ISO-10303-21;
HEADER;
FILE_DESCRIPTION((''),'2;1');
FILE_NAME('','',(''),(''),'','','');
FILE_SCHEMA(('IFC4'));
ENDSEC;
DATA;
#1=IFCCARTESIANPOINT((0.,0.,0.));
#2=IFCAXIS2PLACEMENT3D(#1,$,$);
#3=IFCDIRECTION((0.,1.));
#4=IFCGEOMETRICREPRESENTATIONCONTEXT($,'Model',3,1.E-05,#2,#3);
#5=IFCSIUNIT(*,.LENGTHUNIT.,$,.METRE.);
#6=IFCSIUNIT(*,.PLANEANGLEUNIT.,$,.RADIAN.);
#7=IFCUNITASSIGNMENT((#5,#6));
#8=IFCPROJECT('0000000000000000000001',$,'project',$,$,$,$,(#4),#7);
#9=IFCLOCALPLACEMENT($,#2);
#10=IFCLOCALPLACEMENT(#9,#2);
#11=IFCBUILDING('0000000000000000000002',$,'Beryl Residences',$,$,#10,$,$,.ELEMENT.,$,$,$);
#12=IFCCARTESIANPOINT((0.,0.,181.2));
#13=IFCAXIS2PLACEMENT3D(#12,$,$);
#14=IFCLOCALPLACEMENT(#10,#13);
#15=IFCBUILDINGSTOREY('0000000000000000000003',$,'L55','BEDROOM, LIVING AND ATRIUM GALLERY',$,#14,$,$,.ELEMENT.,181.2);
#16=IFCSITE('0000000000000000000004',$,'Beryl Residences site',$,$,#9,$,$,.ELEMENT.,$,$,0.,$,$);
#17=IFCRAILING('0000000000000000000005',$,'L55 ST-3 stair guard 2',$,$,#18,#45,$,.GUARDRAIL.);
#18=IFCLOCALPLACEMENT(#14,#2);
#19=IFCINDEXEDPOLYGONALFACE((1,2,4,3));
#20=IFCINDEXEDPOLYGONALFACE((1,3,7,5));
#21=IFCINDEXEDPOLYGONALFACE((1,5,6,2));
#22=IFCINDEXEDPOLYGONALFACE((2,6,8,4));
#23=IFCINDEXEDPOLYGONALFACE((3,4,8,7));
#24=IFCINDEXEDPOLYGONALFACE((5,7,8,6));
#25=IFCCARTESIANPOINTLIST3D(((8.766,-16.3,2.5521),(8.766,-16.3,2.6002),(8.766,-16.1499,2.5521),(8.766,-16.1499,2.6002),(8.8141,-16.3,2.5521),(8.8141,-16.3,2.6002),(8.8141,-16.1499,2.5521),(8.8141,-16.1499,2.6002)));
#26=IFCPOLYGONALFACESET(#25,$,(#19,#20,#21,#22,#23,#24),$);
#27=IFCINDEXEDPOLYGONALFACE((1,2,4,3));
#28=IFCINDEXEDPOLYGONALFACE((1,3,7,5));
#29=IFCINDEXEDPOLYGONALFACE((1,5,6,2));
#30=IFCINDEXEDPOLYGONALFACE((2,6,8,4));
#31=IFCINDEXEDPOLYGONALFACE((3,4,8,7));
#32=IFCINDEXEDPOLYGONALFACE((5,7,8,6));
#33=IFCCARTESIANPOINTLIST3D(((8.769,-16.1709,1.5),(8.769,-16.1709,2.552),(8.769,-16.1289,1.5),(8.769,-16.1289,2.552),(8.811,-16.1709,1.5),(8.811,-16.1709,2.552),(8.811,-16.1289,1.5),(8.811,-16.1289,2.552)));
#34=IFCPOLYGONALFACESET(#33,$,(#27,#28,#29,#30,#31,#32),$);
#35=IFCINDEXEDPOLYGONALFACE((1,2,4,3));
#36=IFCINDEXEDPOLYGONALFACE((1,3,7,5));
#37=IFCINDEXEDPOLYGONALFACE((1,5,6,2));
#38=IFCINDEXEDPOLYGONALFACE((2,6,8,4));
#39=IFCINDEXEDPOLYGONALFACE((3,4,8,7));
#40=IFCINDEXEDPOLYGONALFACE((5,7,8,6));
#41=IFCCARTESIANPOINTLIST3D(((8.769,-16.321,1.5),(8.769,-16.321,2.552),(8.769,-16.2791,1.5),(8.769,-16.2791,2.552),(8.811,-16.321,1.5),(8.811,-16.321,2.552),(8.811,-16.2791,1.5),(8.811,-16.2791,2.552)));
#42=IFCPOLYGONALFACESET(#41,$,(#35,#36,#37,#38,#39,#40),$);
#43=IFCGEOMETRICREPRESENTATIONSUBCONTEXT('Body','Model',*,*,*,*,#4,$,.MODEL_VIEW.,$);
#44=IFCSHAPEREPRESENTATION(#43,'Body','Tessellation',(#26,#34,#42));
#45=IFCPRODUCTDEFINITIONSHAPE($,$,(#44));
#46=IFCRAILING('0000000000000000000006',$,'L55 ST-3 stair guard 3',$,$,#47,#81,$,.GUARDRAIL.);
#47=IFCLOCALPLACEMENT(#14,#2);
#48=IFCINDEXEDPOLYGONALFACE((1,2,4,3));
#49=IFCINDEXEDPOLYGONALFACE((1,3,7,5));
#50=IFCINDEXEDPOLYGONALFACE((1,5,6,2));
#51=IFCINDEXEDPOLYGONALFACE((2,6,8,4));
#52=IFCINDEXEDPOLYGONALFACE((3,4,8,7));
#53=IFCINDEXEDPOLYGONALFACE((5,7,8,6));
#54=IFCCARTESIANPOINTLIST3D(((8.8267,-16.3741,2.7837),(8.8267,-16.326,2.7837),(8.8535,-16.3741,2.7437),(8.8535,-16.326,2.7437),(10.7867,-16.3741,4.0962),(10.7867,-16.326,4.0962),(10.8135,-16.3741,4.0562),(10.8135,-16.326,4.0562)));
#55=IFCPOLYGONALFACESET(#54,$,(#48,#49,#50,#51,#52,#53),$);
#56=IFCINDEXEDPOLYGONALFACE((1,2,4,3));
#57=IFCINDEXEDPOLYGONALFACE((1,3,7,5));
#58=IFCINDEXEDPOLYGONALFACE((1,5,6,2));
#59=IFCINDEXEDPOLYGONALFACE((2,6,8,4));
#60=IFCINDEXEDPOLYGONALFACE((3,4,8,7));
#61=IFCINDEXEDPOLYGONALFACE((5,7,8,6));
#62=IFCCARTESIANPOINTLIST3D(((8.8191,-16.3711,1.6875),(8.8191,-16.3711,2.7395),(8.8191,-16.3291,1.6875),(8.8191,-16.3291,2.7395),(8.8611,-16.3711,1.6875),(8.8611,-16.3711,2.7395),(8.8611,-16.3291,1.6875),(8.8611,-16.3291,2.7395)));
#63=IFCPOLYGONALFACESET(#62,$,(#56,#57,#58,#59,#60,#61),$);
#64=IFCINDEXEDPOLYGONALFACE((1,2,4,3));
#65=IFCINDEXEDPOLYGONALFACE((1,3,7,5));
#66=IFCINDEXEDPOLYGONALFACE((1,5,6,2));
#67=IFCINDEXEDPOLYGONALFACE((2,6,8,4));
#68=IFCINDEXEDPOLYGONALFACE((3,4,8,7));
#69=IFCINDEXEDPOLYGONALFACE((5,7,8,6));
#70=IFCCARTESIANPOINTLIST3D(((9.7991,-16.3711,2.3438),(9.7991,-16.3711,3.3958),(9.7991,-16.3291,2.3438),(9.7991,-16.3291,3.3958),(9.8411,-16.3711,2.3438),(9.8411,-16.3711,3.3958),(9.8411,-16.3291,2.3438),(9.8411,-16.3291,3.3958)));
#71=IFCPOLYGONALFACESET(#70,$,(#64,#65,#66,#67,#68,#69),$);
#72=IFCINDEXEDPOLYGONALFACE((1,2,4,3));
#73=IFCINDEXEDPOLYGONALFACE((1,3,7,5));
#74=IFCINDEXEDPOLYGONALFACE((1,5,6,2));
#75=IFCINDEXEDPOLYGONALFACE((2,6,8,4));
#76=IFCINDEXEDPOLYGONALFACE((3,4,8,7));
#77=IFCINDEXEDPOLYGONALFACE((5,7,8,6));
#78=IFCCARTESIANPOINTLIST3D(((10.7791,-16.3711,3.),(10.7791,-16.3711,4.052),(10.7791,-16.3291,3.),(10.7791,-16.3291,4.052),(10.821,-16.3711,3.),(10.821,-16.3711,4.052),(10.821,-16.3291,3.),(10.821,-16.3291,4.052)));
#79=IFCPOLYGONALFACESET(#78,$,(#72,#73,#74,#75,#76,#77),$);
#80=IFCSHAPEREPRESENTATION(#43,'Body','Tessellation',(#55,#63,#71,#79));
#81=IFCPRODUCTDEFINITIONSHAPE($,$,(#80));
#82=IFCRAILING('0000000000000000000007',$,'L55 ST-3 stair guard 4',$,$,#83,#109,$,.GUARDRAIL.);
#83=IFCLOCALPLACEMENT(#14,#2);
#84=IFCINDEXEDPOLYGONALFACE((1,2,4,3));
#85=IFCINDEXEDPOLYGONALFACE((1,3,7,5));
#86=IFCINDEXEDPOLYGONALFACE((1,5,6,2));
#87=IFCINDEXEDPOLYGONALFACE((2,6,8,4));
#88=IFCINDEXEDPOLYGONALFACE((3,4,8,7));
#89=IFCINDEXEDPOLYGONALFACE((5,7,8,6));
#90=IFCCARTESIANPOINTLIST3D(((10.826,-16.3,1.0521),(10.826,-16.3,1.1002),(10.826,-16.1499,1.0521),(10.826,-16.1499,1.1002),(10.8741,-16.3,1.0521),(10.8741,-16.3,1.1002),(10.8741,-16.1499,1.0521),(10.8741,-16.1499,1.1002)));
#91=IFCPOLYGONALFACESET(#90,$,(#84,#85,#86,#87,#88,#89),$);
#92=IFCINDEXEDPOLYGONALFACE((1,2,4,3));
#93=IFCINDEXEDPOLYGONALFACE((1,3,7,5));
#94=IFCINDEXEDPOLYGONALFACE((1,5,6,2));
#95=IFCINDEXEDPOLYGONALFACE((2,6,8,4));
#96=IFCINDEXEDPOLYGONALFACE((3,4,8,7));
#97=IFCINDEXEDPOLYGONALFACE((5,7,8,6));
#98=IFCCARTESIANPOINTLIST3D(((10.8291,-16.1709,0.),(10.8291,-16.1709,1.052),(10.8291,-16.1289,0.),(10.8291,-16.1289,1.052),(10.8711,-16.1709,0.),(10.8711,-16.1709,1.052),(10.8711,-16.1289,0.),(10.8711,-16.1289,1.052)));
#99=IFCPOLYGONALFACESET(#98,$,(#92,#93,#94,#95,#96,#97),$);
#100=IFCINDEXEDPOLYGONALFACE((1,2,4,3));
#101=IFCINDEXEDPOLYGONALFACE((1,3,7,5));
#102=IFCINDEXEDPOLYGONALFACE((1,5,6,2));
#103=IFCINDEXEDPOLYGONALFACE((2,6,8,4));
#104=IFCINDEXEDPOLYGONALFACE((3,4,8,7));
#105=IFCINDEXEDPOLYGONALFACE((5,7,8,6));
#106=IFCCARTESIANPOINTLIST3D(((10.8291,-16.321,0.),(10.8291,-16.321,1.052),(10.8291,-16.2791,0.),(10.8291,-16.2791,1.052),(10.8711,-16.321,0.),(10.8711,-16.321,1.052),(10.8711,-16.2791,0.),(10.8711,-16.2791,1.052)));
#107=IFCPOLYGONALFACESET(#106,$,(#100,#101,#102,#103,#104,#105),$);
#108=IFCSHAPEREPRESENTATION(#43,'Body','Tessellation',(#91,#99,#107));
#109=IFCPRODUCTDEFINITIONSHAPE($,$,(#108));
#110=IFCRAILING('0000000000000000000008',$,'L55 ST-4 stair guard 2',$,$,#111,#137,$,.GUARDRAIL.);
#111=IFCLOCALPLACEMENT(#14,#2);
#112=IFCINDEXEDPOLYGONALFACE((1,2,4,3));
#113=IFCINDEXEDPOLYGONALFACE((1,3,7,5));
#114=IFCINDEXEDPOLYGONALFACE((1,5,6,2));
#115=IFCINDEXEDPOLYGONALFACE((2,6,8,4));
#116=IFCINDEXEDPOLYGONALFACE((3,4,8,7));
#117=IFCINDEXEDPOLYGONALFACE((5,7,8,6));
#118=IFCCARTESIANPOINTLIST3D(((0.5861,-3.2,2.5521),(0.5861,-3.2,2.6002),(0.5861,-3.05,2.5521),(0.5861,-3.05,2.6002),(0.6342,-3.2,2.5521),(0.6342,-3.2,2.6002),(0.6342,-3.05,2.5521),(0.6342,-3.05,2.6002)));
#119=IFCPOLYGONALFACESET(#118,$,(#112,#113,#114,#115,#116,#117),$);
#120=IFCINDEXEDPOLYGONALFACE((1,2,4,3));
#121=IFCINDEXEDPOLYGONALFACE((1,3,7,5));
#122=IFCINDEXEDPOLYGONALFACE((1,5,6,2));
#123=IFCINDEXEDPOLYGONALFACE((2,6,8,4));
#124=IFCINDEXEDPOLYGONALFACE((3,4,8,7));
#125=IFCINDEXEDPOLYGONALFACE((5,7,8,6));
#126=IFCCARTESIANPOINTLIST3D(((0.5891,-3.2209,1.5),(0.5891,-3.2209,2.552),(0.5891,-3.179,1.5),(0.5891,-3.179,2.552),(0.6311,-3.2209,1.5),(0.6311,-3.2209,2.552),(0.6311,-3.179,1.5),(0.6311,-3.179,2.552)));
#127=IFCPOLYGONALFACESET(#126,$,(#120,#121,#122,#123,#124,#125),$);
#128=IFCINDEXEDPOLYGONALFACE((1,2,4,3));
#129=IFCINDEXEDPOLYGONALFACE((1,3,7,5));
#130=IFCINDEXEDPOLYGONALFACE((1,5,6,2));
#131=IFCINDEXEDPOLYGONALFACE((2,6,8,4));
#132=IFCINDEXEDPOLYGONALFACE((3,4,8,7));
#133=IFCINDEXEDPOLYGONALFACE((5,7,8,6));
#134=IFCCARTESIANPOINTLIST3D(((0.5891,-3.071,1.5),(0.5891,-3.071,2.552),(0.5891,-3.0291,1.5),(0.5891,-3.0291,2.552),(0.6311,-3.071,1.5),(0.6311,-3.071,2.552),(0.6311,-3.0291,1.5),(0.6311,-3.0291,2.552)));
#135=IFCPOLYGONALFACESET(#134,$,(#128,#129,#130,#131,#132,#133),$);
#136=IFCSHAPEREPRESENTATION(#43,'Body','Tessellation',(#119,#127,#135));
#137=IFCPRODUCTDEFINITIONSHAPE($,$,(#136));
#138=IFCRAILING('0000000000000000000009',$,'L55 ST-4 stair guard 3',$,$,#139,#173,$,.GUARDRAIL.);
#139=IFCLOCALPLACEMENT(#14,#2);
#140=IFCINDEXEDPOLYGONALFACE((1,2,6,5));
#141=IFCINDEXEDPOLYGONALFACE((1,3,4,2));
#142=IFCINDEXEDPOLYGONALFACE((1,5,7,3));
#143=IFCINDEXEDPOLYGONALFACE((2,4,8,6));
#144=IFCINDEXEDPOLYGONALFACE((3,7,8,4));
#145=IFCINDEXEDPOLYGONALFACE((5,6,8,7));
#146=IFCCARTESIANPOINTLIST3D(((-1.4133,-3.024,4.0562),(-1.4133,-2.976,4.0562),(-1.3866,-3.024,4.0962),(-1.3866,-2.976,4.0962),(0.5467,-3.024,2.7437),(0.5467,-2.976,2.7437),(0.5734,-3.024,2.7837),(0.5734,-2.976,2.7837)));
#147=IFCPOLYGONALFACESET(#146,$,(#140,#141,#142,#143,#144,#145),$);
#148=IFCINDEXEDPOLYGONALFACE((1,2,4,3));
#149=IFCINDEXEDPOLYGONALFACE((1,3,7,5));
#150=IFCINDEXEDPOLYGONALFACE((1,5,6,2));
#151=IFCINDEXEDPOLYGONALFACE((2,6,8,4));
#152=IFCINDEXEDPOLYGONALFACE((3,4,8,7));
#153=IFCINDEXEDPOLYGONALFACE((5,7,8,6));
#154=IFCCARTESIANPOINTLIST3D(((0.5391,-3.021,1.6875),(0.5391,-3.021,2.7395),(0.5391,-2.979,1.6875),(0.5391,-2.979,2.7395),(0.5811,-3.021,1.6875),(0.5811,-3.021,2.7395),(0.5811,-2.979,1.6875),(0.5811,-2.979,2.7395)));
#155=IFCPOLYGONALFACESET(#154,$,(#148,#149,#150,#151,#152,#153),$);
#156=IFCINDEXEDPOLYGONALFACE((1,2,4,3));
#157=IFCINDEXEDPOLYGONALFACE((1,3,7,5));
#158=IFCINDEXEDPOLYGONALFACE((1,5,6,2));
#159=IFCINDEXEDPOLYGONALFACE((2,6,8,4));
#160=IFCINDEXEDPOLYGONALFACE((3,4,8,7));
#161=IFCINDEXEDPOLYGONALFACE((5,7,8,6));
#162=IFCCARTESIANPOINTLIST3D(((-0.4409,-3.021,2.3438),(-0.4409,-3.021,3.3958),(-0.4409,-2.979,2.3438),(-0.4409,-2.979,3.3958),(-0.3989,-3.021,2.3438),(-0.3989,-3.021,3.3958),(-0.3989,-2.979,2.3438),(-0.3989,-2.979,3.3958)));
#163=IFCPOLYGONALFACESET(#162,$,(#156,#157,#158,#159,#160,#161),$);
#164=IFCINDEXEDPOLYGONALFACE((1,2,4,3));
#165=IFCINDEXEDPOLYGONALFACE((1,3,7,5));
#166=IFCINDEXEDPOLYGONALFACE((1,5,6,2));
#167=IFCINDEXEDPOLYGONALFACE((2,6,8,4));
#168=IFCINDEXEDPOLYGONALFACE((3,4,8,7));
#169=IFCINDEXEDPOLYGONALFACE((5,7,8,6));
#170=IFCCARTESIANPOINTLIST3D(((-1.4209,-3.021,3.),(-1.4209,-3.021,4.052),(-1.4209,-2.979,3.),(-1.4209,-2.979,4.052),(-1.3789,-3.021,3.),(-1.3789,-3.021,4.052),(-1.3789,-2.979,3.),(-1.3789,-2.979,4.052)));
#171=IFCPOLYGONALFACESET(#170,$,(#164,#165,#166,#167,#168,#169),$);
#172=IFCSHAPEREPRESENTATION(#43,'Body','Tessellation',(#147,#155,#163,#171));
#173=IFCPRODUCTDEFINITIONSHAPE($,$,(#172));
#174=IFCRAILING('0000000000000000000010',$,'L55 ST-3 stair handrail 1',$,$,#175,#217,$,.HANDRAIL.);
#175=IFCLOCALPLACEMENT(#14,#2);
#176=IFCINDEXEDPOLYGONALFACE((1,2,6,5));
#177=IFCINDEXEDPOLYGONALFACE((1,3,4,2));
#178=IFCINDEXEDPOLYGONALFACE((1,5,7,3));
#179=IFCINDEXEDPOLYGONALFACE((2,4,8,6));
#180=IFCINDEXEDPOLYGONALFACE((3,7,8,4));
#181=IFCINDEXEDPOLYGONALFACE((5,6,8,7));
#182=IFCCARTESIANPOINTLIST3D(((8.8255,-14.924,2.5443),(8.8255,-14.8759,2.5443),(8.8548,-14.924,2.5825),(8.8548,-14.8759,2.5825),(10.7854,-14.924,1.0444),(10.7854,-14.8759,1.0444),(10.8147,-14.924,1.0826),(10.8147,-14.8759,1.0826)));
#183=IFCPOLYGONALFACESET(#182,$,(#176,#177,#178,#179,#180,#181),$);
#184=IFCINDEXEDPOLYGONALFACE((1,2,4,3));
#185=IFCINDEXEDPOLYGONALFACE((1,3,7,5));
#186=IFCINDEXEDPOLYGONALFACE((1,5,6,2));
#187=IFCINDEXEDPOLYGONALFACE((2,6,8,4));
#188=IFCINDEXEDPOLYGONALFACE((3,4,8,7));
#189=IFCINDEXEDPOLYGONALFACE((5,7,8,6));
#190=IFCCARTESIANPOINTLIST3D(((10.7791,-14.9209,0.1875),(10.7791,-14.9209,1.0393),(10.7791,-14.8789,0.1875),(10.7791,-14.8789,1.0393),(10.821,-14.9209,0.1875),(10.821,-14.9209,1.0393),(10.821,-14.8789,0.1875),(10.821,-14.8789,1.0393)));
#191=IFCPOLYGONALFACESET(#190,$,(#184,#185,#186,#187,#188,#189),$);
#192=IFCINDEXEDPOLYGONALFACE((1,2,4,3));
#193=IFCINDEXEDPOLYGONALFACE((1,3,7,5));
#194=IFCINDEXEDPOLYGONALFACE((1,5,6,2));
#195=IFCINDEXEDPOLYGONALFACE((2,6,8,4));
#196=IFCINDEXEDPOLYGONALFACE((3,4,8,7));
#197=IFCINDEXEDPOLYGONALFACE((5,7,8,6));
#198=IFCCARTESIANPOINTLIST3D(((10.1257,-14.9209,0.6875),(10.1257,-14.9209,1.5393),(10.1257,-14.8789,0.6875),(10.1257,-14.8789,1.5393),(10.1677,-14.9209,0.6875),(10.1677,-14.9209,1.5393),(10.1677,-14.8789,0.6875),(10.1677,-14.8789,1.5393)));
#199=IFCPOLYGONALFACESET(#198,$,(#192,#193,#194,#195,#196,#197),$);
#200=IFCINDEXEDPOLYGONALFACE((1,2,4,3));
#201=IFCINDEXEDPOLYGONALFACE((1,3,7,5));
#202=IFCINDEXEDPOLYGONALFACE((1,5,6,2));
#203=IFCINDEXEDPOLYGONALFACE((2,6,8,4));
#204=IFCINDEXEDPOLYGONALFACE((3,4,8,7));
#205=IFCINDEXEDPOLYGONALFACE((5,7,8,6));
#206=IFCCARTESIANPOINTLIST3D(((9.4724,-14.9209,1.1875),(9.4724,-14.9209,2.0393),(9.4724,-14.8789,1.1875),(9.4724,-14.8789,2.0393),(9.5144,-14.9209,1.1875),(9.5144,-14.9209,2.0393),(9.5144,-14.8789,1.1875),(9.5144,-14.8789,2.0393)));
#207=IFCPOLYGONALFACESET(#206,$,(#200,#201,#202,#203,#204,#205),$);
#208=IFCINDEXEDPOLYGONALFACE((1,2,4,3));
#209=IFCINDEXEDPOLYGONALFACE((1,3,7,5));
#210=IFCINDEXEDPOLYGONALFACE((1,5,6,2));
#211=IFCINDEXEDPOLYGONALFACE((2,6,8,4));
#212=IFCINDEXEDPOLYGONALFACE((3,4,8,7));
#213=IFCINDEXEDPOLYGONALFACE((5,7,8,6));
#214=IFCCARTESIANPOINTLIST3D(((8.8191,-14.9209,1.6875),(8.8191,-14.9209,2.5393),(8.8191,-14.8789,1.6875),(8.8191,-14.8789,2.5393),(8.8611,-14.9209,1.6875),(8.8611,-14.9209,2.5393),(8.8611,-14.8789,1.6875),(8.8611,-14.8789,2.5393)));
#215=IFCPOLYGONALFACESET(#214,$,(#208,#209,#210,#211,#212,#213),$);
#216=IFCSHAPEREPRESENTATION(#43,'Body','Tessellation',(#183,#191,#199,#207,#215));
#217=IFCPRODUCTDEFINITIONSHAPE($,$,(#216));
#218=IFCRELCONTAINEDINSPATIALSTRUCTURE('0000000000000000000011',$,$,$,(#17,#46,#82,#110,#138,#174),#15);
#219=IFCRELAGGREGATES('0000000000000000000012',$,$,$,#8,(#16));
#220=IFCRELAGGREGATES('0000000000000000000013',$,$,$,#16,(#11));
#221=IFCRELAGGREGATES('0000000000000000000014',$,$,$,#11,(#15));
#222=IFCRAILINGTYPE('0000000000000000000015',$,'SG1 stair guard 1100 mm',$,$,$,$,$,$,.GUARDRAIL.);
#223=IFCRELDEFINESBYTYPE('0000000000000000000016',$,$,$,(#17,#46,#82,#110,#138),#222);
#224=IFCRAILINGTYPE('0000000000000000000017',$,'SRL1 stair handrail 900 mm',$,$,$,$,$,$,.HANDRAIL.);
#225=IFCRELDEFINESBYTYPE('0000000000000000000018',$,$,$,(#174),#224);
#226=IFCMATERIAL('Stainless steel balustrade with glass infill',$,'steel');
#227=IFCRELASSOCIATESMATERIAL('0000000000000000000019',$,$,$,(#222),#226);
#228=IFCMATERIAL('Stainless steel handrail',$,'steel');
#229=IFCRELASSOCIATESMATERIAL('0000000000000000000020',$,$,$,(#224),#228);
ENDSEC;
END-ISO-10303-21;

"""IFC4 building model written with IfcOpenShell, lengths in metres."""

from ifc_helpers import new_model, si_unit, direction, frame, origin, origin_2d, place, context, subcontext, project, spatial, rectangle, extrude, material, type_object, element, save


model = new_model("IFC4")

# Units and contexts
model_context = context("Model", 3, precision=1e-05, world=origin(), true_north=direction((0.0, 1.0)))
body_context = subcontext(model_context, "Body", "Model", "MODEL_VIEW")
ifc_project = project(units=[si_unit("LENGTHUNIT", "METRE"), si_unit("PLANEANGLEUNIT", "RADIAN")], contexts=[model_context])

# Site, building, storey
site_placement = place(None, origin())
site = spatial("IfcSite", under=ifc_project, at=site_placement, Name="Beryl Residences site", CompositionType="ELEMENT", RefElevation=0.0)
building_placement = place(site_placement, origin())
building = spatial("IfcBuilding", under=site, at=building_placement, Name="Beryl Residences", CompositionType="ELEMENT")
storey_placement = place(building_placement, frame((0.0, 0.0, 181.2)))
storey = spatial("IfcBuildingStorey", under=building, at=storey_placement, Name="L55", Description="BEDROOM, LIVING AND ATRIUM GALLERY", CompositionType="ELEMENT", Elevation=181.2)

# Railings
ifc_material_1 = material(Name="Stainless steel balustrade with glass infill", Category="steel")
railing_type_1 = type_object("IfcRailingType", Name="SG1 stair guard 1100 mm", PredefinedType="GUARDRAIL", material=ifc_material_1)
railing_1_placement = place(storey_placement, frame((8.79, -16.1499, 1.5)))
element("IfcRailing", 1, at=railing_1_placement, inside=storey, type_object=railing_type_1, Name="L55 ST-3 stair guard 2", PredefinedType="GUARDRAIL", context=body_context, shape_type="SweptSolid", body=[
    extrude(rectangle(XDim=0.0481, YDim=0.0481, at=origin_2d()), frame((0.0, 0.0, 1.0762), z_axis=(0.0, -1.0, 0.0), x_axis=(1.0, 0.0, 0.0)), (0.0, 0.0, 1.0), 0.1501),
    extrude(rectangle(XDim=0.042, YDim=0.042, at=origin_2d()), origin(), (0.0, 0.0, 1.0), 1.052),
    extrude(rectangle(XDim=0.042, YDim=0.042, at=origin_2d()), frame((0.0, -0.1501, 0.0)), (0.0, 0.0, 1.0), 1.052),
])
railing_2_placement = place(storey_placement, frame((8.8401, -16.3501, 1.6875)))
element("IfcRailing", 2, at=railing_2_placement, inside=storey, type_object=railing_type_1, Name="L55 ST-3 stair guard 3", PredefinedType="GUARDRAIL", context=body_context, shape_type="SweptSolid", body=[
    extrude(rectangle(XDim=0.0481, YDim=0.0481, at=origin_2d()), frame((0.0, 0.0, 1.0762), z_axis=(0.830902, 0.0, 0.556419), x_axis=(0.0, 1.0, 0.0)), (0.0, 0.0, 1.0), 2.3589),
    extrude(rectangle(XDim=0.042, YDim=0.042, at=origin_2d()), origin(), (0.0, 0.0, 1.0), 1.052),
    extrude(rectangle(XDim=0.042, YDim=0.042, at=origin_2d()), frame((0.98, 0.0, 0.6562)), (0.0, 0.0, 1.0), 1.052),
    extrude(rectangle(XDim=0.042, YDim=0.042, at=origin_2d()), frame((1.96, 0.0, 1.3125)), (0.0, 0.0, 1.0), 1.052),
])
railing_3_placement = place(storey_placement, frame((10.8501, -16.1499, 0.0)))
element("IfcRailing", 3, at=railing_3_placement, inside=storey, type_object=railing_type_1, Name="L55 ST-3 stair guard 4", PredefinedType="GUARDRAIL", context=body_context, shape_type="SweptSolid", body=[
    extrude(rectangle(XDim=0.0481, YDim=0.0481, at=origin_2d()), frame((0.0, 0.0, 1.0762), z_axis=(0.0, -1.0, 0.0), x_axis=(1.0, 0.0, 0.0)), (0.0, 0.0, 1.0), 0.1501),
    extrude(rectangle(XDim=0.042, YDim=0.042, at=origin_2d()), origin(), (0.0, 0.0, 1.0), 1.052),
    extrude(rectangle(XDim=0.042, YDim=0.042, at=origin_2d()), frame((0.0, -0.1501, 0.0)), (0.0, 0.0, 1.0), 1.052),
])
railing_4_placement = place(storey_placement, frame((0.6101, -3.2, 1.5)))
element("IfcRailing", 4, at=railing_4_placement, inside=storey, type_object=railing_type_1, Name="L55 ST-4 stair guard 2", PredefinedType="GUARDRAIL", context=body_context, shape_type="SweptSolid", body=[
    extrude(rectangle(XDim=0.0481, YDim=0.0481, at=origin_2d()), frame((0.0, 0.0, 1.0762), z_axis=(0.0, 1.0, 0.0), x_axis=(-1.0, 0.0, 0.0)), (0.0, 0.0, 1.0), 0.1499),
    extrude(rectangle(XDim=0.042, YDim=0.042, at=origin_2d()), origin(), (0.0, 0.0, 1.0), 1.052),
    extrude(rectangle(XDim=0.042, YDim=0.042, at=origin_2d()), frame((0.0, 0.1499, 0.0)), (0.0, 0.0, 1.0), 1.052),
])
railing_5_placement = place(storey_placement, frame((0.5601, -3.0, 1.6875)))
element("IfcRailing", 5, at=railing_5_placement, inside=storey, type_object=railing_type_1, Name="L55 ST-4 stair guard 3", PredefinedType="GUARDRAIL", context=body_context, shape_type="SweptSolid", body=[
    extrude(rectangle(XDim=0.0481, YDim=0.0481, at=origin_2d()), frame((0.0, 0.0, 1.0762), z_axis=(-0.830902, 0.0, 0.556419), x_axis=(0.0, -1.0, 0.0)), (0.0, 0.0, 1.0), 2.3589),
    extrude(rectangle(XDim=0.042, YDim=0.042, at=origin_2d()), origin(), (0.0, 0.0, 1.0), 1.052),
    extrude(rectangle(XDim=0.042, YDim=0.042, at=origin_2d()), frame((-0.98, 0.0, 0.6562)), (0.0, 0.0, 1.0), 1.052),
    extrude(rectangle(XDim=0.042, YDim=0.042, at=origin_2d()), frame((-1.96, 0.0, 1.3125)), (0.0, 0.0, 1.0), 1.052),
])
ifc_material_2 = material(Name="Stainless steel handrail", Category="steel")
railing_type_2 = type_object("IfcRailingType", Name="SRL1 stair handrail 900 mm", PredefinedType="HANDRAIL", material=ifc_material_2)
railing_6_placement = place(storey_placement, frame((10.8, -14.8999, 0.1875)))
element("IfcRailing", 6, at=railing_6_placement, inside=storey, type_object=railing_type_2, Name="L55 ST-3 stair handrail 1", PredefinedType="HANDRAIL", context=body_context, shape_type="SweptSolid", body=[
    extrude(rectangle(XDim=0.0481, YDim=0.0481, at=origin_2d()), frame((0.0, 0.0, 0.876), z_axis=(-0.794122, 0.0, 0.607758), x_axis=(0.0, -1.0, 0.0)), (0.0, 0.0, 1.0), 2.468),
    extrude(rectangle(XDim=0.042, YDim=0.042, at=origin_2d()), origin(), (0.0, 0.0, 1.0), 0.8518),
    extrude(rectangle(XDim=0.042, YDim=0.042, at=origin_2d()), frame((-0.6533, 0.0, 0.5)), (0.0, 0.0, 1.0), 0.8518),
    extrude(rectangle(XDim=0.042, YDim=0.042, at=origin_2d()), frame((-1.3066, 0.0, 1.0)), (0.0, 0.0, 1.0), 0.8518),
    extrude(rectangle(XDim=0.042, YDim=0.042, at=origin_2d()), frame((-1.96, 0.0, 1.5)), (0.0, 0.0, 1.0), 0.8518),
])

save(model, "model.ifc")
